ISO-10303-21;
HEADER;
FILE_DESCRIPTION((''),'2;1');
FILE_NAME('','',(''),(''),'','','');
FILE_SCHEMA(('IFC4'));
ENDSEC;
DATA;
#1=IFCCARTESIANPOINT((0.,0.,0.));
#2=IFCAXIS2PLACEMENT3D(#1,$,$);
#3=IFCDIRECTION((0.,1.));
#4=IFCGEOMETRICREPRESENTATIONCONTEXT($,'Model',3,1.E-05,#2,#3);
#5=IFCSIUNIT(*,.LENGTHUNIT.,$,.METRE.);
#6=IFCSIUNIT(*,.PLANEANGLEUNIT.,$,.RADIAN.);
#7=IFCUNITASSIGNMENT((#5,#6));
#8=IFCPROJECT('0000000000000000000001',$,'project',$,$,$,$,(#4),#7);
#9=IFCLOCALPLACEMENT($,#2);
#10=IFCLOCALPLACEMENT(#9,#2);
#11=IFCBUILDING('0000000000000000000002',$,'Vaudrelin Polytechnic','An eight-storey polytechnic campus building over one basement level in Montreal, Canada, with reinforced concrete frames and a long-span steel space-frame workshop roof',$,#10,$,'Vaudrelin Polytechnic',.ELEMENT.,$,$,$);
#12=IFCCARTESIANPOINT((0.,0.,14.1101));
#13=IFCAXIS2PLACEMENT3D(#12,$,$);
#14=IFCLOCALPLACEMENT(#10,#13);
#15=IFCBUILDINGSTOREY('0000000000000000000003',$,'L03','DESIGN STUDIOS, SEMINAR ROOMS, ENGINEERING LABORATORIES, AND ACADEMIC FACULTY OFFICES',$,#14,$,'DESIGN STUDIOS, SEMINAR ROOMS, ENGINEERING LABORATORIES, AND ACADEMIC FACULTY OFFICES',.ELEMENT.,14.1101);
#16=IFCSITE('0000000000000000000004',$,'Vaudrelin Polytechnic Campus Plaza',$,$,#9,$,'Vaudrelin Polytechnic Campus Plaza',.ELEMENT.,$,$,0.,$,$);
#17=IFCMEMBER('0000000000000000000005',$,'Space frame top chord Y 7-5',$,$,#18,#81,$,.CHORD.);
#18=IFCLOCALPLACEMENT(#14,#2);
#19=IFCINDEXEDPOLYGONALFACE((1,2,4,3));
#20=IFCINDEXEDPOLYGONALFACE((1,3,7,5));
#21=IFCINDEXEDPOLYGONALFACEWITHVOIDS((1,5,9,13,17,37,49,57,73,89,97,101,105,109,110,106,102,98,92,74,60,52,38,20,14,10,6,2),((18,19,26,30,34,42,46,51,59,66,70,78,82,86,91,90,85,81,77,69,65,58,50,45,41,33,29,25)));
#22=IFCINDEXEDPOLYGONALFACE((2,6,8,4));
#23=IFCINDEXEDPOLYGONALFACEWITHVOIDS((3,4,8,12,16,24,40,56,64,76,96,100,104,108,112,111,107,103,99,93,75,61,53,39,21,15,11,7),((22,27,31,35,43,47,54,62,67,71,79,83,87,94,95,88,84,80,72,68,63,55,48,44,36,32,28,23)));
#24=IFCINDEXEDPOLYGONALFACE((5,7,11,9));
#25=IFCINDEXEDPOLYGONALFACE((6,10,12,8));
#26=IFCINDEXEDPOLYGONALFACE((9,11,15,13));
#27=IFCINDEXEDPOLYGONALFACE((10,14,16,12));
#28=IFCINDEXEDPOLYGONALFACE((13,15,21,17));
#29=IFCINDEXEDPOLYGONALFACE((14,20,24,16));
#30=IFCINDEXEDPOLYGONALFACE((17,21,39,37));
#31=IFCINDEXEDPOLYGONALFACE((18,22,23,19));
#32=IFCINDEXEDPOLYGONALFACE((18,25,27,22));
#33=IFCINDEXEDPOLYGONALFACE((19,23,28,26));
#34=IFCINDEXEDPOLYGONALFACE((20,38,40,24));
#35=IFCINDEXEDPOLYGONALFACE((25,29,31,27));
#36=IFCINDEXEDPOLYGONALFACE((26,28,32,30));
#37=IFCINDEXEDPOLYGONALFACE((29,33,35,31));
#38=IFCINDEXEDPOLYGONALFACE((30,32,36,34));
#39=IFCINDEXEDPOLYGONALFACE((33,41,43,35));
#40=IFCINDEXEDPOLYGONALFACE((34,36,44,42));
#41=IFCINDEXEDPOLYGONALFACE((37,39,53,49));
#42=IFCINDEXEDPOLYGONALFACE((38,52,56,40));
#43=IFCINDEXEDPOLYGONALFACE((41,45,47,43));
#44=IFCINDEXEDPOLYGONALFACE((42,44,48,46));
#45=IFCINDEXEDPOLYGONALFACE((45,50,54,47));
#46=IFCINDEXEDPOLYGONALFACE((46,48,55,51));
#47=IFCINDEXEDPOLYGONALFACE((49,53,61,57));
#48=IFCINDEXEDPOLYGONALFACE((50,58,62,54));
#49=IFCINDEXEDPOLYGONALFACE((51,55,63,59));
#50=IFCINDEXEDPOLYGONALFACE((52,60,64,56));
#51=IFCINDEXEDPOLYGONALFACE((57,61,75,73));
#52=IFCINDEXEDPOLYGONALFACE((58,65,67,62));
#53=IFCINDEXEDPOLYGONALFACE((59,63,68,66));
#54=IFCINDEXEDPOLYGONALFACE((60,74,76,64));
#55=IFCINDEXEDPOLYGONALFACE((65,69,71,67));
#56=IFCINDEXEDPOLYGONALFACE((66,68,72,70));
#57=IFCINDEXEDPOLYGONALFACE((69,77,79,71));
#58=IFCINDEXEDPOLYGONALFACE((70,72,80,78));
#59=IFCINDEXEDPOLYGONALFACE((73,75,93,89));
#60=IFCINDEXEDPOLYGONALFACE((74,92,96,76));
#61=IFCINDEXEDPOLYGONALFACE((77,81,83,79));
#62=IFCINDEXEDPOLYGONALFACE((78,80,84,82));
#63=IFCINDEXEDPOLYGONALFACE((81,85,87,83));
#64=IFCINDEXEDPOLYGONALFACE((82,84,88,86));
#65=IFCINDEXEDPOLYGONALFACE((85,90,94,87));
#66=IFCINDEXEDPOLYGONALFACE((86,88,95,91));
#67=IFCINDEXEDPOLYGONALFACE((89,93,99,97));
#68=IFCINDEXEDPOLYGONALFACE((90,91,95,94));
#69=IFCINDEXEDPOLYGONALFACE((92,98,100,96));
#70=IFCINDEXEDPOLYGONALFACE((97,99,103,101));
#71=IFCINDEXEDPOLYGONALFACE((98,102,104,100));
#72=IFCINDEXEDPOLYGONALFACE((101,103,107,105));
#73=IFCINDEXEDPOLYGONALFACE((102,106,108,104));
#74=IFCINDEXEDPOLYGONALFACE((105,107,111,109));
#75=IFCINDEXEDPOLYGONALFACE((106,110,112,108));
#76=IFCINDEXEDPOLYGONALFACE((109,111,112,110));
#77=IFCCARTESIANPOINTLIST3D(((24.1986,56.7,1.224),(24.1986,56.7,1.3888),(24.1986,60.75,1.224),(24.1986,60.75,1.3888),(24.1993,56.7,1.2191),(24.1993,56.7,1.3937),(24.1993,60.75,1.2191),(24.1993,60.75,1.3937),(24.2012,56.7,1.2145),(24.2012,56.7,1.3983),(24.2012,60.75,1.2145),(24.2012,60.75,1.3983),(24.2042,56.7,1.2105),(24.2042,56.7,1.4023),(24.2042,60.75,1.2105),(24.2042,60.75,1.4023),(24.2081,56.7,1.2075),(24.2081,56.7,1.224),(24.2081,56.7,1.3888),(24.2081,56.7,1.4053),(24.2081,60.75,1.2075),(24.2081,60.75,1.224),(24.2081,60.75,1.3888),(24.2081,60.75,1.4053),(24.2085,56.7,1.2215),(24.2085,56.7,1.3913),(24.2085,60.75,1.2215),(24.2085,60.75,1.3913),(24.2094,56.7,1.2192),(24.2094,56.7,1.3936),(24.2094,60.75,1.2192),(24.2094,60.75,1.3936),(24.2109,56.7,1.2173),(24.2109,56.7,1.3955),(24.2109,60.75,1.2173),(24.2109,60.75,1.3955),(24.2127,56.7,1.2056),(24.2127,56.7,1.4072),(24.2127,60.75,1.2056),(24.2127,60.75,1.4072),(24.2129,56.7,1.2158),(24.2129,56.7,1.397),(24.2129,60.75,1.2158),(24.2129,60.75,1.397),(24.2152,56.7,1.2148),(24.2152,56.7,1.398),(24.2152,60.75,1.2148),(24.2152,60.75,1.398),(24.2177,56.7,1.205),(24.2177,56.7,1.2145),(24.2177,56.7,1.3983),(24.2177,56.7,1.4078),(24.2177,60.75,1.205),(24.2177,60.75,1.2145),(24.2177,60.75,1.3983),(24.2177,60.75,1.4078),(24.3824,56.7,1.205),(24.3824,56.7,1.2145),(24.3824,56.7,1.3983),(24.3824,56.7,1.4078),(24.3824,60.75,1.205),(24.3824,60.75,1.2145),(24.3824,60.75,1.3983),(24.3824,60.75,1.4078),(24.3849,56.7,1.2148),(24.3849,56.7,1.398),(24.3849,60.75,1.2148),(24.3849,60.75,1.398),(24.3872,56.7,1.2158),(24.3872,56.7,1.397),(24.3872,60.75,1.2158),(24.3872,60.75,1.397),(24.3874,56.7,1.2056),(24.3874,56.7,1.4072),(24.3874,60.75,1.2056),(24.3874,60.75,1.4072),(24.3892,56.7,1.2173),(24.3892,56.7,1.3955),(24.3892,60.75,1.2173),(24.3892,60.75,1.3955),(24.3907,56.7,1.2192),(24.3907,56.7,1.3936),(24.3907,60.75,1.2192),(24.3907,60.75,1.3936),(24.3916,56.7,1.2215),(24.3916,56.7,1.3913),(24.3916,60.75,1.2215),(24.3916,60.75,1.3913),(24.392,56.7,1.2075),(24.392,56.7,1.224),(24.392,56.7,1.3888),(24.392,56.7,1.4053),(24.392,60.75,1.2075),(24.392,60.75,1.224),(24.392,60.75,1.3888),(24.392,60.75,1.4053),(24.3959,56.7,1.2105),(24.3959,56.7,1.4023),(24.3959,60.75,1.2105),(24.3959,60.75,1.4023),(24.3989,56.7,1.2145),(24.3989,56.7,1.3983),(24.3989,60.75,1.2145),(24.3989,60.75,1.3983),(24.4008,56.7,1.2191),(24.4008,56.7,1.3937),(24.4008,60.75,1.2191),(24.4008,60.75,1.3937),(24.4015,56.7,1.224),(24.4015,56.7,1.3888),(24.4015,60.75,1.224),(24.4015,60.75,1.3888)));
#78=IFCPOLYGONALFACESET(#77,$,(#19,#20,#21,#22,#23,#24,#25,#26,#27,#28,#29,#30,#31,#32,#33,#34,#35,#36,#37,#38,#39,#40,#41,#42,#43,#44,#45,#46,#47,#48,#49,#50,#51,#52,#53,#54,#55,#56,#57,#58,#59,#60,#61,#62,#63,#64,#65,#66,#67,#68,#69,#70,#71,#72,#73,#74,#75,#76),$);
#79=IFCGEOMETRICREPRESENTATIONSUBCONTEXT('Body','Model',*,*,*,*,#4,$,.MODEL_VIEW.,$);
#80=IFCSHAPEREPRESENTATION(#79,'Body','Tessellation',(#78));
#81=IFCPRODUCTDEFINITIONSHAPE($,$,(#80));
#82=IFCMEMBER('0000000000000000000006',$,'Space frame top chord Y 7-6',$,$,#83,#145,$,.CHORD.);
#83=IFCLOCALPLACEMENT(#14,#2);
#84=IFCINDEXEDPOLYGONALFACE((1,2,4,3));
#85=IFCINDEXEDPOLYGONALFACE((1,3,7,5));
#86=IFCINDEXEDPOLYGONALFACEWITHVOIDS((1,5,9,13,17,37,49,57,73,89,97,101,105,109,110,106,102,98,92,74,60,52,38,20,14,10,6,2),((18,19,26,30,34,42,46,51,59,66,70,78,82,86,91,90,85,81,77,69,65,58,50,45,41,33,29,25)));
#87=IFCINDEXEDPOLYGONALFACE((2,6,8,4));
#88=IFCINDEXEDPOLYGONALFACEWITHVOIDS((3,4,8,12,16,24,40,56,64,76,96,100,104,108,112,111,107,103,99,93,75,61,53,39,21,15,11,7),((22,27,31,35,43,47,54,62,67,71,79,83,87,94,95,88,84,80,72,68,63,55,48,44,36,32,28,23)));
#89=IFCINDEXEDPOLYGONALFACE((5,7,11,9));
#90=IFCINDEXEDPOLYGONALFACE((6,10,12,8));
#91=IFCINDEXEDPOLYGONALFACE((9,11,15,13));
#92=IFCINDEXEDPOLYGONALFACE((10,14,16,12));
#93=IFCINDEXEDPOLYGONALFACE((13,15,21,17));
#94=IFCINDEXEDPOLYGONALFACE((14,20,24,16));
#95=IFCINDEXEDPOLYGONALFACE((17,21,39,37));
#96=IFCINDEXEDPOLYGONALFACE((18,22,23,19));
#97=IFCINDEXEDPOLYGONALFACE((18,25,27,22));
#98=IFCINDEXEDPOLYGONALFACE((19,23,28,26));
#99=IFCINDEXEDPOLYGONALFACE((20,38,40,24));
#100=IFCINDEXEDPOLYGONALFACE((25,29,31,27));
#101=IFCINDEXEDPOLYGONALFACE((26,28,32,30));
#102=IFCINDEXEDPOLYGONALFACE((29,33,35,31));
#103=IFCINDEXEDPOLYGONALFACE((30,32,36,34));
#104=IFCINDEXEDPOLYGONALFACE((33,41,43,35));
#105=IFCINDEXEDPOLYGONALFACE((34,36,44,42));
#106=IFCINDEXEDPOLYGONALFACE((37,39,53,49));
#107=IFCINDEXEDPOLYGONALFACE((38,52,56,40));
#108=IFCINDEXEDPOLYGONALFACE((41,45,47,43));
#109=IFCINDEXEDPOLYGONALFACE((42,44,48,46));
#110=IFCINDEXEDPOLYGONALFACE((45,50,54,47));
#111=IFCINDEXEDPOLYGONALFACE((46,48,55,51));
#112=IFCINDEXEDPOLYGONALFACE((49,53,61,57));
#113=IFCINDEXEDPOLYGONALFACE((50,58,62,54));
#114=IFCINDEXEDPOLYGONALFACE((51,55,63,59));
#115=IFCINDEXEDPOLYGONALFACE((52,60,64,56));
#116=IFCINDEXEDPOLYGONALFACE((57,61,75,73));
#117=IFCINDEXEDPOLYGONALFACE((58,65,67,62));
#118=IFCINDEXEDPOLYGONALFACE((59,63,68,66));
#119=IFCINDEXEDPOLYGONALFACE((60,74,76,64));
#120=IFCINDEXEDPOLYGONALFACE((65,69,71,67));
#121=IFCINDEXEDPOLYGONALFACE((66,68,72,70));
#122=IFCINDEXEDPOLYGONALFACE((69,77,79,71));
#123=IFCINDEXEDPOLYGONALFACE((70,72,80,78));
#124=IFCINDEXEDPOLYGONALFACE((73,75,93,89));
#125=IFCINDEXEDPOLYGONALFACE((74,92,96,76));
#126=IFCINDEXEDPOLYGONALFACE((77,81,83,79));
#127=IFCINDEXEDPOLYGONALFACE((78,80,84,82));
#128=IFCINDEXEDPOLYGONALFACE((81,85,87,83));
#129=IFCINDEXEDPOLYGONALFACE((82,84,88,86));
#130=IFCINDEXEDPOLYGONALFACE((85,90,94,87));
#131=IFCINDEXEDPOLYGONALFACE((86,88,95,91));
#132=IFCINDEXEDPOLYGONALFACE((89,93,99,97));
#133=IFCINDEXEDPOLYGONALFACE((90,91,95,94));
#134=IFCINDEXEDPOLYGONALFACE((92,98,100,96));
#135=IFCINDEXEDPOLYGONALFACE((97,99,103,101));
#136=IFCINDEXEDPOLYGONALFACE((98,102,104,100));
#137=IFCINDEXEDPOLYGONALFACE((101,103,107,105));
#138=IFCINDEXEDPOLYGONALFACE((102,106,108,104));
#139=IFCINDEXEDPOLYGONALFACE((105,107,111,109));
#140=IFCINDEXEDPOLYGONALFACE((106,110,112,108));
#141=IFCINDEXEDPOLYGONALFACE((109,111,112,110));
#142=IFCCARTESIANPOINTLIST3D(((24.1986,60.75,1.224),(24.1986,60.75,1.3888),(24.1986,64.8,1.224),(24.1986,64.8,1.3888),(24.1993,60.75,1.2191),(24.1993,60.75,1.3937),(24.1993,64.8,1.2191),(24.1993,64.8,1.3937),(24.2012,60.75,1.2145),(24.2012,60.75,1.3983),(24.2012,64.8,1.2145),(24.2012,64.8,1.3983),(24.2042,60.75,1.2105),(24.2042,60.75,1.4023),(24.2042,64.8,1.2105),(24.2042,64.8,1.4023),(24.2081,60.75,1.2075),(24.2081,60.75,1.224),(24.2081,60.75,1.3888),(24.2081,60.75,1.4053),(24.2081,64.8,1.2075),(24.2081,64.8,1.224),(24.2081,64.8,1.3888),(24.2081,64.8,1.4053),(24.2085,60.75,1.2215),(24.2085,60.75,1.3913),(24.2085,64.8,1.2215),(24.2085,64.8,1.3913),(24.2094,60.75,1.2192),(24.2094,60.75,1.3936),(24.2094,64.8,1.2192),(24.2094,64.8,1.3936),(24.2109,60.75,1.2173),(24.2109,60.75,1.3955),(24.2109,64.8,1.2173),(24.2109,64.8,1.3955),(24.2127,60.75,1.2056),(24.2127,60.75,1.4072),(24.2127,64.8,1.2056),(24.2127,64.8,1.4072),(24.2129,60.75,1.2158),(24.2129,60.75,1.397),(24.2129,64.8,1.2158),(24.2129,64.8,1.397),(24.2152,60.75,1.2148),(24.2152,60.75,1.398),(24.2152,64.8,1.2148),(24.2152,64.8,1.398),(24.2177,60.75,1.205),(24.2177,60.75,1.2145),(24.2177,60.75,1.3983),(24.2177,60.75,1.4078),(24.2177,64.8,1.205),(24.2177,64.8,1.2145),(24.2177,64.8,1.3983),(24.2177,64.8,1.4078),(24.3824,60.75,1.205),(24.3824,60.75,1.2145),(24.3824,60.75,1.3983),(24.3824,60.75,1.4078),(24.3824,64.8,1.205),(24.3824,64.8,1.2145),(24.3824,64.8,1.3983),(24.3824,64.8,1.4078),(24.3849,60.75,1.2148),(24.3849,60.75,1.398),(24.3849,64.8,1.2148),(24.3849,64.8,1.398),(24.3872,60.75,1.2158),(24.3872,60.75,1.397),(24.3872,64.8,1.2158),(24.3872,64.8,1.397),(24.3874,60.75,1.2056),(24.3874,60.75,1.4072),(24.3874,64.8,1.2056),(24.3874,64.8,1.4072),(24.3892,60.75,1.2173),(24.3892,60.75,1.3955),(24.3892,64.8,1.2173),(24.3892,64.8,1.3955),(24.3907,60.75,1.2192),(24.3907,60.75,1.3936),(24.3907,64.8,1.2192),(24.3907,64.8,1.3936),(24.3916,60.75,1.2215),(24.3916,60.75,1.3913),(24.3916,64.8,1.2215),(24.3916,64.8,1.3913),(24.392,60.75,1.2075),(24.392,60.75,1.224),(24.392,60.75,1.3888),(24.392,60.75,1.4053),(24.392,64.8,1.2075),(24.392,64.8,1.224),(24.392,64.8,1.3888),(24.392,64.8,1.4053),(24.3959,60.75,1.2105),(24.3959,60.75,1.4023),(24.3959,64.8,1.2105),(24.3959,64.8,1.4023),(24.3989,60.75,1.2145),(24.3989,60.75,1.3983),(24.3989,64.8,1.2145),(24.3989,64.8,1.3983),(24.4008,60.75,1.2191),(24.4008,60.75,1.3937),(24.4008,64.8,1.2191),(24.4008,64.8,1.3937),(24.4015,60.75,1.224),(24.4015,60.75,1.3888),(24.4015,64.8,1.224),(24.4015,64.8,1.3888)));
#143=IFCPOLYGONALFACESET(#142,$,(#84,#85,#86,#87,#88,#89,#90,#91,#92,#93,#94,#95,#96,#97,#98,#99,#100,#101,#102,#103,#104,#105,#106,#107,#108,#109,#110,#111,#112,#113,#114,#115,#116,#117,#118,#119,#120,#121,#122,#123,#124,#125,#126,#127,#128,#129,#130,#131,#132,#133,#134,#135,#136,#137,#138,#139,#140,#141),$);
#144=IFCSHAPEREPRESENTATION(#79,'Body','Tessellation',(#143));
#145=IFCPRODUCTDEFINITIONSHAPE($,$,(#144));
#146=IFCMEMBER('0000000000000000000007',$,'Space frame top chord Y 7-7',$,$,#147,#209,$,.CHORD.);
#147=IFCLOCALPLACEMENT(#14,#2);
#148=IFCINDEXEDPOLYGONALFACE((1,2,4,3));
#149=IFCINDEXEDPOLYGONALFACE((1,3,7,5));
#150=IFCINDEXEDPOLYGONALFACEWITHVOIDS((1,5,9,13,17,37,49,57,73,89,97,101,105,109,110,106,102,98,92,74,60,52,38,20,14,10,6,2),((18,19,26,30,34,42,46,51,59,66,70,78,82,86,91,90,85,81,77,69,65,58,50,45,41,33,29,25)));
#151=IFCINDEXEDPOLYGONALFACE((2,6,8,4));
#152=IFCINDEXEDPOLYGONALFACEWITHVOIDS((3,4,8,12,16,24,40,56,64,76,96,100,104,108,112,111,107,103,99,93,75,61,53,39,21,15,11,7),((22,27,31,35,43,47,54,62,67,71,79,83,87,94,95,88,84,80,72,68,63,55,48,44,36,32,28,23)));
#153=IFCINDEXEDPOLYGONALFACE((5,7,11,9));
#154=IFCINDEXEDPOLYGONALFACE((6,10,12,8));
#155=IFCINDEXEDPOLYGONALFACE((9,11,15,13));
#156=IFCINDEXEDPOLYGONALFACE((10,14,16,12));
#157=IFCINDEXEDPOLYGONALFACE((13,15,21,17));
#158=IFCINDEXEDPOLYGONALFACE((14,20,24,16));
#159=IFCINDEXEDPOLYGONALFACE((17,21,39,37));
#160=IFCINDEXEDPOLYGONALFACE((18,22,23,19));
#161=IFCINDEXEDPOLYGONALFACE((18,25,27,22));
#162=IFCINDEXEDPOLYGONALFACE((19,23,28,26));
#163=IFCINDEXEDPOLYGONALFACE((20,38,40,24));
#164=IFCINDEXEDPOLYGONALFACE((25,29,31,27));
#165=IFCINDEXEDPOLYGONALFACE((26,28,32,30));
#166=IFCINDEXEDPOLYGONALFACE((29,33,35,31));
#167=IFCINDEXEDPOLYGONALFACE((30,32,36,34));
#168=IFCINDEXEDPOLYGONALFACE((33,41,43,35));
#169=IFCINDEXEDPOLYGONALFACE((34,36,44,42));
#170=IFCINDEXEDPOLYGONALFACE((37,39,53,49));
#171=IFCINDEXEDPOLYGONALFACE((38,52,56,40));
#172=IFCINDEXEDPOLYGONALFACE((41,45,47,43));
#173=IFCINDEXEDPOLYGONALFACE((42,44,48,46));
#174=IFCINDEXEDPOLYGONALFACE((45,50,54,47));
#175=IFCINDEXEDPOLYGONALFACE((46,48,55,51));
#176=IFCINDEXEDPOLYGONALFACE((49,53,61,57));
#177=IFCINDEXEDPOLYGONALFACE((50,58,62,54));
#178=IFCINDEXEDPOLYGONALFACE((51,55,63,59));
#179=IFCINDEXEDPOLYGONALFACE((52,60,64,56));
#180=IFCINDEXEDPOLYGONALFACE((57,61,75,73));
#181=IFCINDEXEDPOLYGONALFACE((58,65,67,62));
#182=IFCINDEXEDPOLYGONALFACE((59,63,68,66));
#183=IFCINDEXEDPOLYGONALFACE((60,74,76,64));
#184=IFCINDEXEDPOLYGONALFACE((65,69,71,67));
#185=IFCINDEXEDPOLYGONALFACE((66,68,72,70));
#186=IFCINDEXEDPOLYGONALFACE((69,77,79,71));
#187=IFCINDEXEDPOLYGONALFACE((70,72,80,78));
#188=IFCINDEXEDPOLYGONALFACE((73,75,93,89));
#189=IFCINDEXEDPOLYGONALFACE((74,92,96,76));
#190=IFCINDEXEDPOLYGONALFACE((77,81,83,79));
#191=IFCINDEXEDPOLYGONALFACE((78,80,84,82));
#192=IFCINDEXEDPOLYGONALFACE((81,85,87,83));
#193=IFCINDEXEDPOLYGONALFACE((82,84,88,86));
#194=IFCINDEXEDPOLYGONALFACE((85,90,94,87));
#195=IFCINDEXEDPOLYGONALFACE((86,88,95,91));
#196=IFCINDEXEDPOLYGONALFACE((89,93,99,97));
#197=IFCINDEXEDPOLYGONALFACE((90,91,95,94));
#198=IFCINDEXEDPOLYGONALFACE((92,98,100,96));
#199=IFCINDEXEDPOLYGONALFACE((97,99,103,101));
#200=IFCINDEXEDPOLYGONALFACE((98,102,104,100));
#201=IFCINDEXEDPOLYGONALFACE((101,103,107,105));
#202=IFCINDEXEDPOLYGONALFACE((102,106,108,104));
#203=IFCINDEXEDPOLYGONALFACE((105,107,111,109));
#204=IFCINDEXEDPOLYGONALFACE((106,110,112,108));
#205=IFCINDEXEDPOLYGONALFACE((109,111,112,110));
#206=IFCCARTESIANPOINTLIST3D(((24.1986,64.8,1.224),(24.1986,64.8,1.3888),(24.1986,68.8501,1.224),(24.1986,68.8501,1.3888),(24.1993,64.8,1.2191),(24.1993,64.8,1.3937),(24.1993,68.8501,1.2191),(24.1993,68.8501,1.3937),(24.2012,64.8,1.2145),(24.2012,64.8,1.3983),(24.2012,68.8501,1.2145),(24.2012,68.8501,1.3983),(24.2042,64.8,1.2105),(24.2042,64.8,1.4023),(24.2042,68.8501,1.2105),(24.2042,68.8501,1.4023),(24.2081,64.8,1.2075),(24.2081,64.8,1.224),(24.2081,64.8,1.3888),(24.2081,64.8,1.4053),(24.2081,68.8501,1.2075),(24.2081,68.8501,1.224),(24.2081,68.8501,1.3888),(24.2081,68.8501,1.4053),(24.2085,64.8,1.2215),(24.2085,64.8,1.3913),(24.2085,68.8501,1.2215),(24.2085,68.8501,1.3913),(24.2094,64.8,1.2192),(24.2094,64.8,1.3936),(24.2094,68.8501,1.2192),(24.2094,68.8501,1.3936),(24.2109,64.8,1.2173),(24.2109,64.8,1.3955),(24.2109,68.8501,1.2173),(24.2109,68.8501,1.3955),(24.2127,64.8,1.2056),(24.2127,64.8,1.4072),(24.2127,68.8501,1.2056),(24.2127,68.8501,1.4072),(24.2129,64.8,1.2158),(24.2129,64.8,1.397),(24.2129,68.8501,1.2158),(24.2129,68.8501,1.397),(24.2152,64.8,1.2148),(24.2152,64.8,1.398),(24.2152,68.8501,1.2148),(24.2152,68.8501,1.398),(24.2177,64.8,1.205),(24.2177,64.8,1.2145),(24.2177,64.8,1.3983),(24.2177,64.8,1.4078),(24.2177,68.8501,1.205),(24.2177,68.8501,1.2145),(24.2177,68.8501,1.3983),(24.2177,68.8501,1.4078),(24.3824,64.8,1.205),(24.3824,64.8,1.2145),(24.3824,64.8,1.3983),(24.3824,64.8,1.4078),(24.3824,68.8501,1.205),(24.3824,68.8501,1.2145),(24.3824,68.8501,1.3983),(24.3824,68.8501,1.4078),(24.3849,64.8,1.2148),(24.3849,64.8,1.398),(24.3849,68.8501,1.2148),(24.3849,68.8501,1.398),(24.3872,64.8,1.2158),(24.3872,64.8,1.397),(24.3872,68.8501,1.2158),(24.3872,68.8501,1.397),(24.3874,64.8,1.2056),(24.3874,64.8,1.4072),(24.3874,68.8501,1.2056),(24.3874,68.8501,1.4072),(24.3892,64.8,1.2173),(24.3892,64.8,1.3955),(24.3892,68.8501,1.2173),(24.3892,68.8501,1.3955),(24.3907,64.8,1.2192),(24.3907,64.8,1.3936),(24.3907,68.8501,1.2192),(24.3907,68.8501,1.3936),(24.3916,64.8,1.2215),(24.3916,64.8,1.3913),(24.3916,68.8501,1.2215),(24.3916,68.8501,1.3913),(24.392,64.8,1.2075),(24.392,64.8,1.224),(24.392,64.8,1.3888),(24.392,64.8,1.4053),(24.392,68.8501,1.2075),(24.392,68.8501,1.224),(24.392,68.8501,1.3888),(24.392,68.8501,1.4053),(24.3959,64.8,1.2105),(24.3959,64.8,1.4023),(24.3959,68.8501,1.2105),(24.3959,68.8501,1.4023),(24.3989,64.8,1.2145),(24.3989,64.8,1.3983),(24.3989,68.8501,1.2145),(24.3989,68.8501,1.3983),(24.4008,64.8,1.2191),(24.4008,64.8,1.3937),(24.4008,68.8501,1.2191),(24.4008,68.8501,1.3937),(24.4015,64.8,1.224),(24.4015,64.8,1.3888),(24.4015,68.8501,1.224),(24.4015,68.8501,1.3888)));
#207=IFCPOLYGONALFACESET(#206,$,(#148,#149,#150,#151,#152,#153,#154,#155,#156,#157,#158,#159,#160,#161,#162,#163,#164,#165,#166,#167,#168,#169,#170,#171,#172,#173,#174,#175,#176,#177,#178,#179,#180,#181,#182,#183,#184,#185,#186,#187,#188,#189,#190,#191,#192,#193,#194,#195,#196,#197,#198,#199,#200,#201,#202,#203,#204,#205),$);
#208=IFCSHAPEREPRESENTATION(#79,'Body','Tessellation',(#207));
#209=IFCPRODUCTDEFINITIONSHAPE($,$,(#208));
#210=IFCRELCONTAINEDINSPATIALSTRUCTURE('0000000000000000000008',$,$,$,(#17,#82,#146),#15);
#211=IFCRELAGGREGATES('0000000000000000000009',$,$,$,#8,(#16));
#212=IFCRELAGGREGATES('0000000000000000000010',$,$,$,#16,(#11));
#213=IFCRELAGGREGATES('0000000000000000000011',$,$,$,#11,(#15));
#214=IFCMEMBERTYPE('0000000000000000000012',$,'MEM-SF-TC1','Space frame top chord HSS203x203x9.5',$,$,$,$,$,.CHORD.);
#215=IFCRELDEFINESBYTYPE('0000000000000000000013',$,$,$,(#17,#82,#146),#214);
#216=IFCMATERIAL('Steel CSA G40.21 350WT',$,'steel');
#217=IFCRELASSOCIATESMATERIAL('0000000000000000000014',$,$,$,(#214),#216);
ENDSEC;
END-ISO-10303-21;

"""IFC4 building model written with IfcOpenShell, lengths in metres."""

from ifc_helpers import new_model, si_unit, direction, frame, origin, origin_2d, place, context, subcontext, project, spatial, hollow_rectangle, extrude, material, material_profile, profile_set, type_object, element, save


model = new_model("IFC4")

# Units and contexts
model_context = context("Model", 3, precision=1e-05, world=origin(), true_north=direction((0.0, 1.0)))
body_context = subcontext(model_context, "Body", "Model", "MODEL_VIEW")
ifc_project = project(units=[si_unit("LENGTHUNIT", "METRE"), si_unit("PLANEANGLEUNIT", "RADIAN")], contexts=[model_context])

# Site, building, storey
site_placement = place(None, origin())
site = spatial("IfcSite", under=ifc_project, at=site_placement, Name="Vaudrelin Polytechnic Campus Plaza", LongName="Vaudrelin Polytechnic Campus Plaza", CompositionType="ELEMENT", RefElevation=0.0)
building_placement = place(site_placement, origin())
building = spatial("IfcBuilding", under=site, at=building_placement, Name="Vaudrelin Polytechnic", Description="An eight-storey polytechnic campus building over one basement level in Montreal, Canada, with reinforced concrete frames and a long-span steel space-frame workshop roof", LongName="Vaudrelin Polytechnic", CompositionType="ELEMENT")
storey_placement = place(building_placement, frame((0.0, 0.0, 14.1101)))
storey = spatial("IfcBuildingStorey", under=building, at=storey_placement, Name="L03", Description="DESIGN STUDIOS, SEMINAR ROOMS, ENGINEERING LABORATORIES, AND ACADEMIC FACULTY OFFICES", LongName="DESIGN STUDIOS, SEMINAR ROOMS, ENGINEERING LABORATORIES, AND ACADEMIC FACULTY OFFICES", CompositionType="ELEMENT", Elevation=14.1101)

# Members
ifc_material_1 = material(Name="Steel CSA G40.21 350WT", Category="steel")
ifc_material_profile_1 = material_profile(ifc_material_1, hollow_rectangle(XDim=0.2029, YDim=0.2029, WallThickness=0.0095, InnerFilletRadius=0.0095, OuterFilletRadius=0.019, at=origin_2d()), Name="HSS203x203x9.5")
ifc_profile_set_1 = profile_set([ifc_material_profile_1], Name="Steel CSA G40.21 350WT")
member_type_1 = type_object("IfcMemberType", Name="MEM-SF-TC1", Description="Space frame top chord HSS203x203x9.5", PredefinedType="CHORD", material=ifc_profile_set_1)
for number, where, z_axis, x_axis, name in (
    (1, (24.3, 56.7, 1.3064), (0.0, 1.0, 0.0), (-1.0, 0.0, 0.0), "Space frame top chord Y 7-5"),
    (2, (24.3, 60.75, 1.3064), (0.0, 1.0, 0.0), (-1.0, 0.0, 0.0), "Space frame top chord Y 7-6"),
    (3, (24.3, 64.8, 1.3064), (0.0, 1.0, 0.0), (-1.0, 0.0, 0.0), "Space frame top chord Y 7-7"),
):
    element("IfcMember", number, at=place(storey_placement, frame(where, z_axis=z_axis, x_axis=x_axis)), inside=storey, type_object=member_type_1, Name=name, PredefinedType="CHORD", context=body_context, shape_type="SweptSolid", body=[
        extrude(hollow_rectangle(XDim=0.2029, YDim=0.2029, WallThickness=0.0095, InnerFilletRadius=0.0095, OuterFilletRadius=0.019, at=origin_2d()), origin(), (0.0, 0.0, 1.0), 4.05),
    ])

save(model, "model.ifc")
